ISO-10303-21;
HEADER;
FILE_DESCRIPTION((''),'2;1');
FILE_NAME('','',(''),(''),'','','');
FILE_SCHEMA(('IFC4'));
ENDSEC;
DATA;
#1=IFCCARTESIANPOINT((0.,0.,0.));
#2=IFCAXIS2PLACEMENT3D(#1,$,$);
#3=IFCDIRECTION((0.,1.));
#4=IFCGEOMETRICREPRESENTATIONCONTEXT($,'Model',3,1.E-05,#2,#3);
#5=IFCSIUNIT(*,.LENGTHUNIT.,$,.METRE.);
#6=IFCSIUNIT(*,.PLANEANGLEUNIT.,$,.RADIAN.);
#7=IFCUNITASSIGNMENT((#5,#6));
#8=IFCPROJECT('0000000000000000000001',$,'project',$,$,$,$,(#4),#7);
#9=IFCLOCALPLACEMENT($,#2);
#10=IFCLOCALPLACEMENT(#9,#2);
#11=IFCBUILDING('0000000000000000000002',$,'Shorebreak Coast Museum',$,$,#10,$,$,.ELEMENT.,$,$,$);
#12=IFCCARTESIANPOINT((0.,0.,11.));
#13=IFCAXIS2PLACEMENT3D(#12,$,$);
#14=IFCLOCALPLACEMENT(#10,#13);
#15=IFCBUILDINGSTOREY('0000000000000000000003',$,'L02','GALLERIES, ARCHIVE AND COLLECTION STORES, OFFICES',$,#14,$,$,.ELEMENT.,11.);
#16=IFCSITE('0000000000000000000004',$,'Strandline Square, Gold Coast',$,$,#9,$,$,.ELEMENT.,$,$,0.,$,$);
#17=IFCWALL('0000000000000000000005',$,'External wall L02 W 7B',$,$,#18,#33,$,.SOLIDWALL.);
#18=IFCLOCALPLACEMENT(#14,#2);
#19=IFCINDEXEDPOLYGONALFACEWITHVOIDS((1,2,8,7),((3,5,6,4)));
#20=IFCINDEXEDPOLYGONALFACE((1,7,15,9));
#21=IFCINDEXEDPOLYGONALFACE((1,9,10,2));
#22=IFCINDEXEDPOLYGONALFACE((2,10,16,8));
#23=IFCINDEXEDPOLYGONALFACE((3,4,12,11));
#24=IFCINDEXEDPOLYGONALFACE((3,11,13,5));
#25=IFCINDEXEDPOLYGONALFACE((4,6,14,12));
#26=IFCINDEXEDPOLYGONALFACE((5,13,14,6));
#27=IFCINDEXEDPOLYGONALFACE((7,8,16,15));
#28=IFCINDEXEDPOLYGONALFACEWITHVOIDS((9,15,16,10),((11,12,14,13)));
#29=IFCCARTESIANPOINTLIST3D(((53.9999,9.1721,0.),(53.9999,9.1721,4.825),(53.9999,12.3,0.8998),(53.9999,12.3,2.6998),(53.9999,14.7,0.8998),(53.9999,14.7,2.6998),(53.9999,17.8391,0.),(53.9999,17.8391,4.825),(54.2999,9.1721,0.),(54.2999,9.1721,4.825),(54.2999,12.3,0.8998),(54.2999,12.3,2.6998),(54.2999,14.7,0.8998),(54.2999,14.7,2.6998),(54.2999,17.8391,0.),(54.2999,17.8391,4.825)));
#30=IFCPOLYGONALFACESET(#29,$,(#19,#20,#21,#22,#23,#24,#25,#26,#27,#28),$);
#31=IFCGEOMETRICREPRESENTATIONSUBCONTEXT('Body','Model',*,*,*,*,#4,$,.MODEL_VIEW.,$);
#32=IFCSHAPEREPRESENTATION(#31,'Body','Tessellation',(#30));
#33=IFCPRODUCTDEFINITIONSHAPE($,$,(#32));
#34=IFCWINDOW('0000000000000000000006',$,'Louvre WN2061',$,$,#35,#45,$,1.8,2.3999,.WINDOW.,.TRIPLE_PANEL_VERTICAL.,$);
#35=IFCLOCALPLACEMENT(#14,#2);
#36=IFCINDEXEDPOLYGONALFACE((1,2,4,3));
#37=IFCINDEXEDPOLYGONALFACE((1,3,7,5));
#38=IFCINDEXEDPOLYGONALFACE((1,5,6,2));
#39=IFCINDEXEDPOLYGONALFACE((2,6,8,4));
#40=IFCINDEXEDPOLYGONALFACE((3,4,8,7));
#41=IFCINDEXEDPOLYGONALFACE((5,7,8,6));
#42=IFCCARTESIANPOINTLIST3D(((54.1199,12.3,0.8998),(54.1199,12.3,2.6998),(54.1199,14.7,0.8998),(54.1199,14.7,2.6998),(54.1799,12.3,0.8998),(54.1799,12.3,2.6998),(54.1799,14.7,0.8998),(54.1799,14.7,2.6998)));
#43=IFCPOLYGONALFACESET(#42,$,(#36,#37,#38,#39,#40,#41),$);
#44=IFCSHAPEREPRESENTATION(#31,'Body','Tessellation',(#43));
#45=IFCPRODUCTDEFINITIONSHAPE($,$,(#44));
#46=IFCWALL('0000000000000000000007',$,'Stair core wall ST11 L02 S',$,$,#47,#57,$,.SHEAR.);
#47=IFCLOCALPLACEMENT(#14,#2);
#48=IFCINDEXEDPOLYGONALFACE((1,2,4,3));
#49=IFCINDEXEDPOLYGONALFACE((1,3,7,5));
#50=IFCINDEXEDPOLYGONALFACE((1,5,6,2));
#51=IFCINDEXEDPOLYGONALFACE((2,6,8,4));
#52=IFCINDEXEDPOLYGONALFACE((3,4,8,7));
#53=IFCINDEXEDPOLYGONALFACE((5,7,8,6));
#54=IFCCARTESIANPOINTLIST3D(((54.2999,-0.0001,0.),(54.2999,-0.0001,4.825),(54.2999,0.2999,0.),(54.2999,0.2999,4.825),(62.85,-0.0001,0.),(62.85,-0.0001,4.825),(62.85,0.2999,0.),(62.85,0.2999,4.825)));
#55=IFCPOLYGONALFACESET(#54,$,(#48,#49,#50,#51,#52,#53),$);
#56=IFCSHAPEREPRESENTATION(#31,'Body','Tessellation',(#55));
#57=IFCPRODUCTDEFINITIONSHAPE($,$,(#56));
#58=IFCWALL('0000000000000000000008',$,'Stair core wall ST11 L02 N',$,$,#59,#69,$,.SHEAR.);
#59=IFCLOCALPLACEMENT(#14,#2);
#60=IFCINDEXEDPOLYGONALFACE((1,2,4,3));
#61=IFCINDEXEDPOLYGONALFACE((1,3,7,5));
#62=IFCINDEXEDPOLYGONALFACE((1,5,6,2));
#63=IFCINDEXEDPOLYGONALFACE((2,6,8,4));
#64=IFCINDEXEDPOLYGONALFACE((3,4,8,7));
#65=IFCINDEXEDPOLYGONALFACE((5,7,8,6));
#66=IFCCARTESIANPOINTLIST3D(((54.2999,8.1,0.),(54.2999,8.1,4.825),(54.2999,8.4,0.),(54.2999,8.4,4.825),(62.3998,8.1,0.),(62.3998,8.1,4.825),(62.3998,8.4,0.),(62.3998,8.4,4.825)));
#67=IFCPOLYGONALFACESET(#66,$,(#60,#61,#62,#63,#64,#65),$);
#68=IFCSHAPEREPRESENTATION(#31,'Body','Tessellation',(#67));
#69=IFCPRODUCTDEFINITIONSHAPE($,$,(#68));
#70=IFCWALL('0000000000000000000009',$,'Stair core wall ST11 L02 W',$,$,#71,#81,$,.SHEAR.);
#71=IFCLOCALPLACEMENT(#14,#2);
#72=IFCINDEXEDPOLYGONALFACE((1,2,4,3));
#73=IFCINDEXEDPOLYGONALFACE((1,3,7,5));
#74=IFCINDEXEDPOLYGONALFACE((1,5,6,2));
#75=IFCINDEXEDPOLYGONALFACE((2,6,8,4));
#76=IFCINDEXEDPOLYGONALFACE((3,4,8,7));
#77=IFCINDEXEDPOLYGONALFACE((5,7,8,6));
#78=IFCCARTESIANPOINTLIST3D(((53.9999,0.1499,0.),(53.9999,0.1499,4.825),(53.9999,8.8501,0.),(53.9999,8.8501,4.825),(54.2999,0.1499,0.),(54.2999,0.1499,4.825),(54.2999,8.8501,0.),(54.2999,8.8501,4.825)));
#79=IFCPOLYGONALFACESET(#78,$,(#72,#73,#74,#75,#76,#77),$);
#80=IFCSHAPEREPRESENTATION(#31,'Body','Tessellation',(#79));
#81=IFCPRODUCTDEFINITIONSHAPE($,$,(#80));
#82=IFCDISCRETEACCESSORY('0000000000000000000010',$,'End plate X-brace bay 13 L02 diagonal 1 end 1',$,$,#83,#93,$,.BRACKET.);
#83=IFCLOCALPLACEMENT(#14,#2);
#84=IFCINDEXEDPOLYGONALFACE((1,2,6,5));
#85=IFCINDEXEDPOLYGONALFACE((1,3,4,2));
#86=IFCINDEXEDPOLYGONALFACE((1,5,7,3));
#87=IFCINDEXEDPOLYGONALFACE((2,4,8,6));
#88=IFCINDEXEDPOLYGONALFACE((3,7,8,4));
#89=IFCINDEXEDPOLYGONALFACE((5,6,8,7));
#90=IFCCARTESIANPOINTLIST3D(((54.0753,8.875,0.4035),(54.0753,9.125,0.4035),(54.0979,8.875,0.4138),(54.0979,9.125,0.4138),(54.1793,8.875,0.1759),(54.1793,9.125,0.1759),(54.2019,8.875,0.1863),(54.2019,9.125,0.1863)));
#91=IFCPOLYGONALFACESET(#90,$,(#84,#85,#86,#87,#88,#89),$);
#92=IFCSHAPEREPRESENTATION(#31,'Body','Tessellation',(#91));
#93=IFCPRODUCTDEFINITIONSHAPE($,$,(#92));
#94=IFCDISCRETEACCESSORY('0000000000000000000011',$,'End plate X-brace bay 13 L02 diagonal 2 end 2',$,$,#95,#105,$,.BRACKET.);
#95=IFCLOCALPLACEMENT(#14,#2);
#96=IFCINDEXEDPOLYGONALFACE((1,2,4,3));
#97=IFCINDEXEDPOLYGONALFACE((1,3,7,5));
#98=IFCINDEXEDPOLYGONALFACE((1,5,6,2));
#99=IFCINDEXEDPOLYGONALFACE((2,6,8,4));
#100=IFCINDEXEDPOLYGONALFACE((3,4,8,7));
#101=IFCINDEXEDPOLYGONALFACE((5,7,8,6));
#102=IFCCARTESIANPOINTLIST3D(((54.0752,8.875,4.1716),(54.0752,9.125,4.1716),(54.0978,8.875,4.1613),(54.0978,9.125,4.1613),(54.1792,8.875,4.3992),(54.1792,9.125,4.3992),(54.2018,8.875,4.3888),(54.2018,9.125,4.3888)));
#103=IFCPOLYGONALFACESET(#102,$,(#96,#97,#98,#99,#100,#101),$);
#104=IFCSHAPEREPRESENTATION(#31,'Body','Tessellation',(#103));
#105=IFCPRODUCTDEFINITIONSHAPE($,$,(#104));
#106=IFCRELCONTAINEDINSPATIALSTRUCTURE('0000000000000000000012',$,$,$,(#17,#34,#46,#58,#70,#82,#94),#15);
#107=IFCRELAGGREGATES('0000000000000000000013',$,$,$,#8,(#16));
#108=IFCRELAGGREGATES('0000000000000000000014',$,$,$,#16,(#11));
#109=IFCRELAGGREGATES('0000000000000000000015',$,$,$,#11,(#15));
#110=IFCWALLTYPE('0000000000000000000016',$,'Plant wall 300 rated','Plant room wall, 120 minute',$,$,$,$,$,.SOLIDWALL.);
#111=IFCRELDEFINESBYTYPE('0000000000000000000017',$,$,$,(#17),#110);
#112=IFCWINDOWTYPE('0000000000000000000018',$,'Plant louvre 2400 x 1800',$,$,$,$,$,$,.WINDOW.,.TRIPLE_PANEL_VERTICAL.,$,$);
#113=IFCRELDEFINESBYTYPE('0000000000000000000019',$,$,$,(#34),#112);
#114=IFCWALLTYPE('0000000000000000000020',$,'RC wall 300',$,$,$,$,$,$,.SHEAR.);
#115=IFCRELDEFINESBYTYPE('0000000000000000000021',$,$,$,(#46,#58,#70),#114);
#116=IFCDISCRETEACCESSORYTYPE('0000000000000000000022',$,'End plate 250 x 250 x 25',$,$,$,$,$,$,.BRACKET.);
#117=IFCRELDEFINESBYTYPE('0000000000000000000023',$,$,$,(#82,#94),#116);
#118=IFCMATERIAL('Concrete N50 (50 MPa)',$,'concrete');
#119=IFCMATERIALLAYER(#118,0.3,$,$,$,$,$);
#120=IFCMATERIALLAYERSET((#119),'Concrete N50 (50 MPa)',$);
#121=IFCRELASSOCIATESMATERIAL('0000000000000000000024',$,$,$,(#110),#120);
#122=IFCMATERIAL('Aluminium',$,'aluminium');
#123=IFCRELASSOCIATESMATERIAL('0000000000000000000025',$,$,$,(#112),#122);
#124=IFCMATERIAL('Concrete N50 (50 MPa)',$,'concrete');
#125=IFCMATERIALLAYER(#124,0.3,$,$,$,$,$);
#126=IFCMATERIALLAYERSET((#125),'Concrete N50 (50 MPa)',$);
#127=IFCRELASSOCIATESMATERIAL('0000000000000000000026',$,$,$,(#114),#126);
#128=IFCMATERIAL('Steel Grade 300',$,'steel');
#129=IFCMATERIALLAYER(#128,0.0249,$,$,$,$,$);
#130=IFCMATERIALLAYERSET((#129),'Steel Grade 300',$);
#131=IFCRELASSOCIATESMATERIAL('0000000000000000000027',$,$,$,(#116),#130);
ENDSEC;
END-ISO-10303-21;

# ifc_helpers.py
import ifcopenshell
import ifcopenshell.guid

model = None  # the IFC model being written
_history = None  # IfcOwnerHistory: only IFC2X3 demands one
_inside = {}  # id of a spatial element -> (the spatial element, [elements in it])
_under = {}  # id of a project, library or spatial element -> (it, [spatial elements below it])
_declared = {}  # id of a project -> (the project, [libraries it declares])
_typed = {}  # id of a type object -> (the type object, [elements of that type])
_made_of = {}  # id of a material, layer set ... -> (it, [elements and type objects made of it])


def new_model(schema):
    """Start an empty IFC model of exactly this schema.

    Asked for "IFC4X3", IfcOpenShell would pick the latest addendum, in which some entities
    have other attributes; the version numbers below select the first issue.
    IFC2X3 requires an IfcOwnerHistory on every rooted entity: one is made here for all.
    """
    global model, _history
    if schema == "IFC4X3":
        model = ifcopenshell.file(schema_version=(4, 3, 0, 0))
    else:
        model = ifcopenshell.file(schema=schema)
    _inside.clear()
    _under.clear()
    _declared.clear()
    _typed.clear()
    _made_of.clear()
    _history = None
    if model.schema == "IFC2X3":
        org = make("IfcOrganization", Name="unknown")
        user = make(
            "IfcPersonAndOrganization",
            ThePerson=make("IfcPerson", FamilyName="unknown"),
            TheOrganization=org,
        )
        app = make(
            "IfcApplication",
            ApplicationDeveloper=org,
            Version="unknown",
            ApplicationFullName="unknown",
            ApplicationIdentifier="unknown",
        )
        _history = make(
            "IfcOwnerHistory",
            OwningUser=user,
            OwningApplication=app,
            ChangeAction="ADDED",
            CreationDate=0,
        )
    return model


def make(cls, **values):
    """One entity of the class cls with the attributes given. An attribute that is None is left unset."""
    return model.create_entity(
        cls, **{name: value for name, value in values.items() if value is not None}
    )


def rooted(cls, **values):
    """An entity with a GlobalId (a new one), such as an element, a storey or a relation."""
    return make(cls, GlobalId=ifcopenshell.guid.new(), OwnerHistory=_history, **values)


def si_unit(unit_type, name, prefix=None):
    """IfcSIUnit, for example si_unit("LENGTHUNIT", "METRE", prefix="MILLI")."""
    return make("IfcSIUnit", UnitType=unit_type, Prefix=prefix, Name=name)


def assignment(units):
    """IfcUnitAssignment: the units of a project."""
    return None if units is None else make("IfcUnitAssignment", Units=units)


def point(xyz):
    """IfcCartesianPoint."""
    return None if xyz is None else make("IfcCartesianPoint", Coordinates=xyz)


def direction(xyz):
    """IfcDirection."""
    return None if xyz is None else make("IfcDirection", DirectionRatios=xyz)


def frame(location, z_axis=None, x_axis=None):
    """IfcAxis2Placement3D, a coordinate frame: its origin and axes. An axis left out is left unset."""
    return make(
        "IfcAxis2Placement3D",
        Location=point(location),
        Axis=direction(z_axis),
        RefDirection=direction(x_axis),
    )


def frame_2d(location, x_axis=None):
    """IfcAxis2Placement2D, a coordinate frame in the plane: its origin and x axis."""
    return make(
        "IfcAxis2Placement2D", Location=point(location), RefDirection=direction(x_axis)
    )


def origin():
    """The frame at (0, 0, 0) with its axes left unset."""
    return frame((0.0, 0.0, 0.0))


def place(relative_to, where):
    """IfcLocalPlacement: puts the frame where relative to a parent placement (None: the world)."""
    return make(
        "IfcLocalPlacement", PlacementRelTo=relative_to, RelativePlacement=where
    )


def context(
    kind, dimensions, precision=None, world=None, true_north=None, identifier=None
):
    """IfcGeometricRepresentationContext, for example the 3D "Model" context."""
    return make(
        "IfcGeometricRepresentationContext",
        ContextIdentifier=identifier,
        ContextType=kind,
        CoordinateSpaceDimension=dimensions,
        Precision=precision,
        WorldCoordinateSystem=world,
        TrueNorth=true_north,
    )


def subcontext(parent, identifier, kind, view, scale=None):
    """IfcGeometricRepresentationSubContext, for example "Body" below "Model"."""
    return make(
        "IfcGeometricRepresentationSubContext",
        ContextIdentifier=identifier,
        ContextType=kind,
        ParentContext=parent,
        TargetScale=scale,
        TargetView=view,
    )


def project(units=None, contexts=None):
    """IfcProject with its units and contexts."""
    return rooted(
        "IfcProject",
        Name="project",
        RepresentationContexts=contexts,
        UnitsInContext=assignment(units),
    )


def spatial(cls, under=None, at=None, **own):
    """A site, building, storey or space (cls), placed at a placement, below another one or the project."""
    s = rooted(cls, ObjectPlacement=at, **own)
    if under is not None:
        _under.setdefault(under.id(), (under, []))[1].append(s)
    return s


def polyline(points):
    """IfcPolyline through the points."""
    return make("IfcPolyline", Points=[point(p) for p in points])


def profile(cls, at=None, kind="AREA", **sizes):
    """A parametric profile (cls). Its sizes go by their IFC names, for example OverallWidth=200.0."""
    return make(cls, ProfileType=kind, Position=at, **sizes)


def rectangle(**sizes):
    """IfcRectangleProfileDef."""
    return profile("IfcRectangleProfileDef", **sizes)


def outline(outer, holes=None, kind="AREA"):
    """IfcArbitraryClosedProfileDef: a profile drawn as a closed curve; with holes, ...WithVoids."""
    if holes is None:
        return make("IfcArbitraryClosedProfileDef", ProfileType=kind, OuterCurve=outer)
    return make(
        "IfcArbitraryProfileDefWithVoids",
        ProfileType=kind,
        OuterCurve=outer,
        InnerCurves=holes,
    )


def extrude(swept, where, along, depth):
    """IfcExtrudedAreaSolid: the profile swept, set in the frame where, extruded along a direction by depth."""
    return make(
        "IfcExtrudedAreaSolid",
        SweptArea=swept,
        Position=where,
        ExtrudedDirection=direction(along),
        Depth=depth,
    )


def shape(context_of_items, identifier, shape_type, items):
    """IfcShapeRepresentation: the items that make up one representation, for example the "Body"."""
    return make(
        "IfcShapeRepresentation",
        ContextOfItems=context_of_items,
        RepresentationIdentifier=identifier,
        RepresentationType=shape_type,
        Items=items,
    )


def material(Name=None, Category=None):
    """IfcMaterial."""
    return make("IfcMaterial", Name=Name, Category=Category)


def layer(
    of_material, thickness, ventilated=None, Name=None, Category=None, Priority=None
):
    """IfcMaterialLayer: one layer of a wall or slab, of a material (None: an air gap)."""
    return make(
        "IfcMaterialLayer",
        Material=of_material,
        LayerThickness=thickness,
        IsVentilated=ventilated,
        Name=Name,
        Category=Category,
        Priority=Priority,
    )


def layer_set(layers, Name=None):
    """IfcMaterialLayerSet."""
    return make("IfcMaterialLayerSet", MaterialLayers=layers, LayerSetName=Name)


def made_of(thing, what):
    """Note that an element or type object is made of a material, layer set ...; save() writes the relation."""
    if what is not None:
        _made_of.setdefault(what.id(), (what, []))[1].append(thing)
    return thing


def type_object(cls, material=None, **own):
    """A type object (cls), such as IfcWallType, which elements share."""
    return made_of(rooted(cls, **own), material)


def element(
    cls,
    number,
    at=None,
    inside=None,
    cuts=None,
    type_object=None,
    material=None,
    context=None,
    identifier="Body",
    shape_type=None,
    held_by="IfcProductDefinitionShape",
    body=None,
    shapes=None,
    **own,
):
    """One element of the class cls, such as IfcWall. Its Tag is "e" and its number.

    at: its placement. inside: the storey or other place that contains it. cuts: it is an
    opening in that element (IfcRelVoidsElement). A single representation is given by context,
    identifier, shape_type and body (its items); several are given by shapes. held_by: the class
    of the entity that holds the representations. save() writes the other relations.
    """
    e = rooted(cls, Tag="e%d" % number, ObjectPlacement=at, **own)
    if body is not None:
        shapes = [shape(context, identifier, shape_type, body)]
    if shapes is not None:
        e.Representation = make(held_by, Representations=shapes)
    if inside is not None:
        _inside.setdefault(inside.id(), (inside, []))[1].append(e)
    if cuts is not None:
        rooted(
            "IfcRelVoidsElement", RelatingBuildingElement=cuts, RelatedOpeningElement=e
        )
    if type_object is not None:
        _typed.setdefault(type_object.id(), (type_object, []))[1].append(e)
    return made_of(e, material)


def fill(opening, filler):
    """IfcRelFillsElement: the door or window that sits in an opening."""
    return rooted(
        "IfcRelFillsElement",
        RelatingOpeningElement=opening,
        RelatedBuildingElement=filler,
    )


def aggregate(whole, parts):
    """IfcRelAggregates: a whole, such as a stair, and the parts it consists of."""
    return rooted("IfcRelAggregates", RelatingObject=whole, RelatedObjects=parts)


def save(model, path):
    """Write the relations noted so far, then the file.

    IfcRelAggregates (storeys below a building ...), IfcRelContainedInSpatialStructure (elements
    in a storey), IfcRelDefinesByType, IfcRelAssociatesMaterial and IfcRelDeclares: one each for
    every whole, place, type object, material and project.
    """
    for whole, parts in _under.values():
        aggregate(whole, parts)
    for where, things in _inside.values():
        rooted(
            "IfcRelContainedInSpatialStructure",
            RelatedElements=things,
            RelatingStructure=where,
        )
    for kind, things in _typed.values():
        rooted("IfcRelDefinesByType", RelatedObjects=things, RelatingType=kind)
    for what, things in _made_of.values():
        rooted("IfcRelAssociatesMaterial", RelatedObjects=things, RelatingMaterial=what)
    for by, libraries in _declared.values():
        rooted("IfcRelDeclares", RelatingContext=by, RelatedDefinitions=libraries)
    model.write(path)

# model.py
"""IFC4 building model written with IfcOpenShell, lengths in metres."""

from ifc_helpers import new_model, si_unit, direction, frame, frame_2d, origin, place, context, subcontext, project, spatial, polyline, rectangle, outline, extrude, material, layer, layer_set, type_object, element, fill, save


model = new_model("IFC4")

# Units and contexts
model_context = context("Model", 3, precision=1e-05, world=origin(), true_north=direction((0.0, 1.0)))
body_context = subcontext(model_context, "Body", "Model", "MODEL_VIEW")
ifc_project = project(units=[si_unit("LENGTHUNIT", "METRE"), si_unit("PLANEANGLEUNIT", "RADIAN")], contexts=[model_context])

# Site, building, storey
site_placement = place(None, origin())
site = spatial("IfcSite", under=ifc_project, at=site_placement, Name="Strandline Square, Gold Coast", CompositionType="ELEMENT", RefElevation=0.0)
building_placement = place(site_placement, origin())
building = spatial("IfcBuilding", under=site, at=building_placement, Name="Shorebreak Coast Museum", CompositionType="ELEMENT")
storey_placement = place(building_placement, frame((0.0, 0.0, 11.0)))
storey = spatial("IfcBuildingStorey", under=building, at=storey_placement, Name="L02", Description="GALLERIES, ARCHIVE AND COLLECTION STORES, OFFICES", CompositionType="ELEMENT", Elevation=11.0)

# Wall, opening, window
ifc_material_1 = material(Name="Concrete N50 (50 MPa)", Category="concrete")
ifc_layer_1 = layer(ifc_material_1, 0.3)
ifc_layer_set_1 = layer_set([ifc_layer_1], Name="Concrete N50 (50 MPa)")
wall_type_1 = type_object("IfcWallType", Name="Plant wall 300 rated", Description="Plant room wall, 120 minute", PredefinedType="SOLIDWALL", material=ifc_layer_set_1)
wall_1_placement = place(storey_placement, frame((54.1499, 9.1721, 0.0), z_axis=(0.0, 0.0, 1.0), x_axis=(0.0, 1.0, 0.0)))
wall_1 = element("IfcWall", 1, at=wall_1_placement, inside=storey, type_object=wall_type_1, Name="External wall L02 W 7B", PredefinedType="SOLIDWALL", context=body_context, shape_type="SweptSolid", body=[
    extrude(rectangle(XDim=8.667, YDim=0.3, at=frame_2d((4.3335, 0.0))), origin(), (0.0, 0.0, 1.0), 4.825),
])
opening_placement = place(wall_1_placement, frame((3.1279, 0.0, 0.8999)))
opening = element("IfcOpeningElement", 2, at=opening_placement, cuts=wall_1, PredefinedType="OPENING", context=body_context, shape_type="SweptSolid", body=[
    extrude(rectangle(XDim=2.3999, YDim=1.8, at=frame_2d((1.2, 0.8999))), frame((0.0, 0.1599, 0.0), z_axis=(0.0, -1.0, 0.0), x_axis=(1.0, 0.0, 0.0)), (0.0, 0.0, 1.0), 0.3201),
])
ifc_material_2 = material(Name="Aluminium", Category="aluminium")
window_type = type_object("IfcWindowType", Name="Plant louvre 2400 x 1800", PartitioningType="TRIPLE_PANEL_VERTICAL", PredefinedType="WINDOW", material=ifc_material_2)
window_placement = place(opening_placement, origin())
window = element("IfcWindow", 3, at=window_placement, inside=storey, type_object=window_type, Name="Louvre WN2061", OverallHeight=1.8, OverallWidth=2.3999, PartitioningType="TRIPLE_PANEL_VERTICAL", PredefinedType="WINDOW", context=body_context, shape_type="SweptSolid", body=[
    extrude(rectangle(XDim=2.3999, YDim=1.8, at=frame_2d((1.2, 0.8999))), frame((0.0, 0.03, 0.0), z_axis=(0.0, -1.0, 0.0), x_axis=(1.0, 0.0, 0.0)), (0.0, 0.0, 1.0), 0.0601),
])
fill(opening, window)

# Walls
ifc_material_3 = material(Name="Concrete N50 (50 MPa)", Category="concrete")
ifc_layer_2 = layer(ifc_material_3, 0.3)
ifc_layer_set_2 = layer_set([ifc_layer_2], Name="Concrete N50 (50 MPa)")
wall_type_2 = type_object("IfcWallType", Name="RC wall 300", PredefinedType="SHEAR", material=ifc_layer_set_2)
wall_2_placement = place(storey_placement, frame((54.3, 0.1499, 0.0), z_axis=(0.0, 0.0, 1.0), x_axis=(1.0, 0.0, 0.0)))
element("IfcWall", 4, at=wall_2_placement, inside=storey, type_object=wall_type_2, Name="Stair core wall ST11 L02 S", PredefinedType="SHEAR", context=body_context, shape_type="SweptSolid", body=[
    extrude(rectangle(XDim=8.55, YDim=0.3, at=frame_2d((4.2749, 0.0))), origin(), (0.0, 0.0, 1.0), 4.825),
])
wall_3_placement = place(storey_placement, frame((54.3, 8.25, 0.0), z_axis=(0.0, 0.0, 1.0), x_axis=(1.0, 0.0, 0.0)))
element("IfcWall", 5, at=wall_3_placement, inside=storey, type_object=wall_type_2, Name="Stair core wall ST11 L02 N", PredefinedType="SHEAR", context=body_context, shape_type="SweptSolid", body=[
    extrude(rectangle(XDim=8.0999, YDim=0.3, at=frame_2d((4.0498, 0.0))), origin(), (0.0, 0.0, 1.0), 4.825),
])
wall_4_placement = place(storey_placement, frame((54.1499, 0.1499, 0.0), z_axis=(0.0, 0.0, 1.0), x_axis=(0.0, 1.0, 0.0)))
element("IfcWall", 6, at=wall_4_placement, inside=storey, type_object=wall_type_2, Name="Stair core wall ST11 L02 W", PredefinedType="SHEAR", context=body_context, shape_type="SweptSolid", body=[
    extrude(rectangle(XDim=8.7002, YDim=0.3, at=frame_2d((4.3501, 0.0))), origin(), (0.0, 0.0, 1.0), 4.825),
])

# Discrete accessories
ifc_material_4 = material(Name="Steel Grade 300", Category="steel")
ifc_layer_3 = layer(ifc_material_4, 0.0249)
ifc_layer_set_3 = layer_set([ifc_layer_3], Name="Steel Grade 300")
discrete_accessory_type = type_object("IfcDiscreteAccessoryType", Name="End plate 250 x 250 x 25", PredefinedType="BRACKET", material=ifc_layer_set_3)
for number, where, z_axis, x_axis, name in (
    (7, (54.2019, 8.875, 0.1863), (0.909496, 0.0, 0.415714), (0.0, 1.0, 0.0), "End plate X-brace bay 13 L02 diagonal 1 end 1"),
    (8, (54.0752, 9.125, 4.1716), (-0.909496, 0.0, 0.415714), (0.0, -1.0, 0.0), "End plate X-brace bay 13 L02 diagonal 2 end 2"),
):
    element("IfcDiscreteAccessory", number, at=place(storey_placement, frame(where, z_axis=z_axis, x_axis=x_axis)), inside=storey, type_object=discrete_accessory_type, Name=name, PredefinedType="BRACKET", context=body_context, shape_type="SweptSolid", body=[
        extrude(outline(polyline([(0.0, 0.0), (0.25, 0.0), (0.25, 0.2502), (0.0, 0.2502), (0.0, 0.0)])), origin(), (0.0, 0.0, -1.0), 0.0249),
    ])

save(model, "model.ifc")
